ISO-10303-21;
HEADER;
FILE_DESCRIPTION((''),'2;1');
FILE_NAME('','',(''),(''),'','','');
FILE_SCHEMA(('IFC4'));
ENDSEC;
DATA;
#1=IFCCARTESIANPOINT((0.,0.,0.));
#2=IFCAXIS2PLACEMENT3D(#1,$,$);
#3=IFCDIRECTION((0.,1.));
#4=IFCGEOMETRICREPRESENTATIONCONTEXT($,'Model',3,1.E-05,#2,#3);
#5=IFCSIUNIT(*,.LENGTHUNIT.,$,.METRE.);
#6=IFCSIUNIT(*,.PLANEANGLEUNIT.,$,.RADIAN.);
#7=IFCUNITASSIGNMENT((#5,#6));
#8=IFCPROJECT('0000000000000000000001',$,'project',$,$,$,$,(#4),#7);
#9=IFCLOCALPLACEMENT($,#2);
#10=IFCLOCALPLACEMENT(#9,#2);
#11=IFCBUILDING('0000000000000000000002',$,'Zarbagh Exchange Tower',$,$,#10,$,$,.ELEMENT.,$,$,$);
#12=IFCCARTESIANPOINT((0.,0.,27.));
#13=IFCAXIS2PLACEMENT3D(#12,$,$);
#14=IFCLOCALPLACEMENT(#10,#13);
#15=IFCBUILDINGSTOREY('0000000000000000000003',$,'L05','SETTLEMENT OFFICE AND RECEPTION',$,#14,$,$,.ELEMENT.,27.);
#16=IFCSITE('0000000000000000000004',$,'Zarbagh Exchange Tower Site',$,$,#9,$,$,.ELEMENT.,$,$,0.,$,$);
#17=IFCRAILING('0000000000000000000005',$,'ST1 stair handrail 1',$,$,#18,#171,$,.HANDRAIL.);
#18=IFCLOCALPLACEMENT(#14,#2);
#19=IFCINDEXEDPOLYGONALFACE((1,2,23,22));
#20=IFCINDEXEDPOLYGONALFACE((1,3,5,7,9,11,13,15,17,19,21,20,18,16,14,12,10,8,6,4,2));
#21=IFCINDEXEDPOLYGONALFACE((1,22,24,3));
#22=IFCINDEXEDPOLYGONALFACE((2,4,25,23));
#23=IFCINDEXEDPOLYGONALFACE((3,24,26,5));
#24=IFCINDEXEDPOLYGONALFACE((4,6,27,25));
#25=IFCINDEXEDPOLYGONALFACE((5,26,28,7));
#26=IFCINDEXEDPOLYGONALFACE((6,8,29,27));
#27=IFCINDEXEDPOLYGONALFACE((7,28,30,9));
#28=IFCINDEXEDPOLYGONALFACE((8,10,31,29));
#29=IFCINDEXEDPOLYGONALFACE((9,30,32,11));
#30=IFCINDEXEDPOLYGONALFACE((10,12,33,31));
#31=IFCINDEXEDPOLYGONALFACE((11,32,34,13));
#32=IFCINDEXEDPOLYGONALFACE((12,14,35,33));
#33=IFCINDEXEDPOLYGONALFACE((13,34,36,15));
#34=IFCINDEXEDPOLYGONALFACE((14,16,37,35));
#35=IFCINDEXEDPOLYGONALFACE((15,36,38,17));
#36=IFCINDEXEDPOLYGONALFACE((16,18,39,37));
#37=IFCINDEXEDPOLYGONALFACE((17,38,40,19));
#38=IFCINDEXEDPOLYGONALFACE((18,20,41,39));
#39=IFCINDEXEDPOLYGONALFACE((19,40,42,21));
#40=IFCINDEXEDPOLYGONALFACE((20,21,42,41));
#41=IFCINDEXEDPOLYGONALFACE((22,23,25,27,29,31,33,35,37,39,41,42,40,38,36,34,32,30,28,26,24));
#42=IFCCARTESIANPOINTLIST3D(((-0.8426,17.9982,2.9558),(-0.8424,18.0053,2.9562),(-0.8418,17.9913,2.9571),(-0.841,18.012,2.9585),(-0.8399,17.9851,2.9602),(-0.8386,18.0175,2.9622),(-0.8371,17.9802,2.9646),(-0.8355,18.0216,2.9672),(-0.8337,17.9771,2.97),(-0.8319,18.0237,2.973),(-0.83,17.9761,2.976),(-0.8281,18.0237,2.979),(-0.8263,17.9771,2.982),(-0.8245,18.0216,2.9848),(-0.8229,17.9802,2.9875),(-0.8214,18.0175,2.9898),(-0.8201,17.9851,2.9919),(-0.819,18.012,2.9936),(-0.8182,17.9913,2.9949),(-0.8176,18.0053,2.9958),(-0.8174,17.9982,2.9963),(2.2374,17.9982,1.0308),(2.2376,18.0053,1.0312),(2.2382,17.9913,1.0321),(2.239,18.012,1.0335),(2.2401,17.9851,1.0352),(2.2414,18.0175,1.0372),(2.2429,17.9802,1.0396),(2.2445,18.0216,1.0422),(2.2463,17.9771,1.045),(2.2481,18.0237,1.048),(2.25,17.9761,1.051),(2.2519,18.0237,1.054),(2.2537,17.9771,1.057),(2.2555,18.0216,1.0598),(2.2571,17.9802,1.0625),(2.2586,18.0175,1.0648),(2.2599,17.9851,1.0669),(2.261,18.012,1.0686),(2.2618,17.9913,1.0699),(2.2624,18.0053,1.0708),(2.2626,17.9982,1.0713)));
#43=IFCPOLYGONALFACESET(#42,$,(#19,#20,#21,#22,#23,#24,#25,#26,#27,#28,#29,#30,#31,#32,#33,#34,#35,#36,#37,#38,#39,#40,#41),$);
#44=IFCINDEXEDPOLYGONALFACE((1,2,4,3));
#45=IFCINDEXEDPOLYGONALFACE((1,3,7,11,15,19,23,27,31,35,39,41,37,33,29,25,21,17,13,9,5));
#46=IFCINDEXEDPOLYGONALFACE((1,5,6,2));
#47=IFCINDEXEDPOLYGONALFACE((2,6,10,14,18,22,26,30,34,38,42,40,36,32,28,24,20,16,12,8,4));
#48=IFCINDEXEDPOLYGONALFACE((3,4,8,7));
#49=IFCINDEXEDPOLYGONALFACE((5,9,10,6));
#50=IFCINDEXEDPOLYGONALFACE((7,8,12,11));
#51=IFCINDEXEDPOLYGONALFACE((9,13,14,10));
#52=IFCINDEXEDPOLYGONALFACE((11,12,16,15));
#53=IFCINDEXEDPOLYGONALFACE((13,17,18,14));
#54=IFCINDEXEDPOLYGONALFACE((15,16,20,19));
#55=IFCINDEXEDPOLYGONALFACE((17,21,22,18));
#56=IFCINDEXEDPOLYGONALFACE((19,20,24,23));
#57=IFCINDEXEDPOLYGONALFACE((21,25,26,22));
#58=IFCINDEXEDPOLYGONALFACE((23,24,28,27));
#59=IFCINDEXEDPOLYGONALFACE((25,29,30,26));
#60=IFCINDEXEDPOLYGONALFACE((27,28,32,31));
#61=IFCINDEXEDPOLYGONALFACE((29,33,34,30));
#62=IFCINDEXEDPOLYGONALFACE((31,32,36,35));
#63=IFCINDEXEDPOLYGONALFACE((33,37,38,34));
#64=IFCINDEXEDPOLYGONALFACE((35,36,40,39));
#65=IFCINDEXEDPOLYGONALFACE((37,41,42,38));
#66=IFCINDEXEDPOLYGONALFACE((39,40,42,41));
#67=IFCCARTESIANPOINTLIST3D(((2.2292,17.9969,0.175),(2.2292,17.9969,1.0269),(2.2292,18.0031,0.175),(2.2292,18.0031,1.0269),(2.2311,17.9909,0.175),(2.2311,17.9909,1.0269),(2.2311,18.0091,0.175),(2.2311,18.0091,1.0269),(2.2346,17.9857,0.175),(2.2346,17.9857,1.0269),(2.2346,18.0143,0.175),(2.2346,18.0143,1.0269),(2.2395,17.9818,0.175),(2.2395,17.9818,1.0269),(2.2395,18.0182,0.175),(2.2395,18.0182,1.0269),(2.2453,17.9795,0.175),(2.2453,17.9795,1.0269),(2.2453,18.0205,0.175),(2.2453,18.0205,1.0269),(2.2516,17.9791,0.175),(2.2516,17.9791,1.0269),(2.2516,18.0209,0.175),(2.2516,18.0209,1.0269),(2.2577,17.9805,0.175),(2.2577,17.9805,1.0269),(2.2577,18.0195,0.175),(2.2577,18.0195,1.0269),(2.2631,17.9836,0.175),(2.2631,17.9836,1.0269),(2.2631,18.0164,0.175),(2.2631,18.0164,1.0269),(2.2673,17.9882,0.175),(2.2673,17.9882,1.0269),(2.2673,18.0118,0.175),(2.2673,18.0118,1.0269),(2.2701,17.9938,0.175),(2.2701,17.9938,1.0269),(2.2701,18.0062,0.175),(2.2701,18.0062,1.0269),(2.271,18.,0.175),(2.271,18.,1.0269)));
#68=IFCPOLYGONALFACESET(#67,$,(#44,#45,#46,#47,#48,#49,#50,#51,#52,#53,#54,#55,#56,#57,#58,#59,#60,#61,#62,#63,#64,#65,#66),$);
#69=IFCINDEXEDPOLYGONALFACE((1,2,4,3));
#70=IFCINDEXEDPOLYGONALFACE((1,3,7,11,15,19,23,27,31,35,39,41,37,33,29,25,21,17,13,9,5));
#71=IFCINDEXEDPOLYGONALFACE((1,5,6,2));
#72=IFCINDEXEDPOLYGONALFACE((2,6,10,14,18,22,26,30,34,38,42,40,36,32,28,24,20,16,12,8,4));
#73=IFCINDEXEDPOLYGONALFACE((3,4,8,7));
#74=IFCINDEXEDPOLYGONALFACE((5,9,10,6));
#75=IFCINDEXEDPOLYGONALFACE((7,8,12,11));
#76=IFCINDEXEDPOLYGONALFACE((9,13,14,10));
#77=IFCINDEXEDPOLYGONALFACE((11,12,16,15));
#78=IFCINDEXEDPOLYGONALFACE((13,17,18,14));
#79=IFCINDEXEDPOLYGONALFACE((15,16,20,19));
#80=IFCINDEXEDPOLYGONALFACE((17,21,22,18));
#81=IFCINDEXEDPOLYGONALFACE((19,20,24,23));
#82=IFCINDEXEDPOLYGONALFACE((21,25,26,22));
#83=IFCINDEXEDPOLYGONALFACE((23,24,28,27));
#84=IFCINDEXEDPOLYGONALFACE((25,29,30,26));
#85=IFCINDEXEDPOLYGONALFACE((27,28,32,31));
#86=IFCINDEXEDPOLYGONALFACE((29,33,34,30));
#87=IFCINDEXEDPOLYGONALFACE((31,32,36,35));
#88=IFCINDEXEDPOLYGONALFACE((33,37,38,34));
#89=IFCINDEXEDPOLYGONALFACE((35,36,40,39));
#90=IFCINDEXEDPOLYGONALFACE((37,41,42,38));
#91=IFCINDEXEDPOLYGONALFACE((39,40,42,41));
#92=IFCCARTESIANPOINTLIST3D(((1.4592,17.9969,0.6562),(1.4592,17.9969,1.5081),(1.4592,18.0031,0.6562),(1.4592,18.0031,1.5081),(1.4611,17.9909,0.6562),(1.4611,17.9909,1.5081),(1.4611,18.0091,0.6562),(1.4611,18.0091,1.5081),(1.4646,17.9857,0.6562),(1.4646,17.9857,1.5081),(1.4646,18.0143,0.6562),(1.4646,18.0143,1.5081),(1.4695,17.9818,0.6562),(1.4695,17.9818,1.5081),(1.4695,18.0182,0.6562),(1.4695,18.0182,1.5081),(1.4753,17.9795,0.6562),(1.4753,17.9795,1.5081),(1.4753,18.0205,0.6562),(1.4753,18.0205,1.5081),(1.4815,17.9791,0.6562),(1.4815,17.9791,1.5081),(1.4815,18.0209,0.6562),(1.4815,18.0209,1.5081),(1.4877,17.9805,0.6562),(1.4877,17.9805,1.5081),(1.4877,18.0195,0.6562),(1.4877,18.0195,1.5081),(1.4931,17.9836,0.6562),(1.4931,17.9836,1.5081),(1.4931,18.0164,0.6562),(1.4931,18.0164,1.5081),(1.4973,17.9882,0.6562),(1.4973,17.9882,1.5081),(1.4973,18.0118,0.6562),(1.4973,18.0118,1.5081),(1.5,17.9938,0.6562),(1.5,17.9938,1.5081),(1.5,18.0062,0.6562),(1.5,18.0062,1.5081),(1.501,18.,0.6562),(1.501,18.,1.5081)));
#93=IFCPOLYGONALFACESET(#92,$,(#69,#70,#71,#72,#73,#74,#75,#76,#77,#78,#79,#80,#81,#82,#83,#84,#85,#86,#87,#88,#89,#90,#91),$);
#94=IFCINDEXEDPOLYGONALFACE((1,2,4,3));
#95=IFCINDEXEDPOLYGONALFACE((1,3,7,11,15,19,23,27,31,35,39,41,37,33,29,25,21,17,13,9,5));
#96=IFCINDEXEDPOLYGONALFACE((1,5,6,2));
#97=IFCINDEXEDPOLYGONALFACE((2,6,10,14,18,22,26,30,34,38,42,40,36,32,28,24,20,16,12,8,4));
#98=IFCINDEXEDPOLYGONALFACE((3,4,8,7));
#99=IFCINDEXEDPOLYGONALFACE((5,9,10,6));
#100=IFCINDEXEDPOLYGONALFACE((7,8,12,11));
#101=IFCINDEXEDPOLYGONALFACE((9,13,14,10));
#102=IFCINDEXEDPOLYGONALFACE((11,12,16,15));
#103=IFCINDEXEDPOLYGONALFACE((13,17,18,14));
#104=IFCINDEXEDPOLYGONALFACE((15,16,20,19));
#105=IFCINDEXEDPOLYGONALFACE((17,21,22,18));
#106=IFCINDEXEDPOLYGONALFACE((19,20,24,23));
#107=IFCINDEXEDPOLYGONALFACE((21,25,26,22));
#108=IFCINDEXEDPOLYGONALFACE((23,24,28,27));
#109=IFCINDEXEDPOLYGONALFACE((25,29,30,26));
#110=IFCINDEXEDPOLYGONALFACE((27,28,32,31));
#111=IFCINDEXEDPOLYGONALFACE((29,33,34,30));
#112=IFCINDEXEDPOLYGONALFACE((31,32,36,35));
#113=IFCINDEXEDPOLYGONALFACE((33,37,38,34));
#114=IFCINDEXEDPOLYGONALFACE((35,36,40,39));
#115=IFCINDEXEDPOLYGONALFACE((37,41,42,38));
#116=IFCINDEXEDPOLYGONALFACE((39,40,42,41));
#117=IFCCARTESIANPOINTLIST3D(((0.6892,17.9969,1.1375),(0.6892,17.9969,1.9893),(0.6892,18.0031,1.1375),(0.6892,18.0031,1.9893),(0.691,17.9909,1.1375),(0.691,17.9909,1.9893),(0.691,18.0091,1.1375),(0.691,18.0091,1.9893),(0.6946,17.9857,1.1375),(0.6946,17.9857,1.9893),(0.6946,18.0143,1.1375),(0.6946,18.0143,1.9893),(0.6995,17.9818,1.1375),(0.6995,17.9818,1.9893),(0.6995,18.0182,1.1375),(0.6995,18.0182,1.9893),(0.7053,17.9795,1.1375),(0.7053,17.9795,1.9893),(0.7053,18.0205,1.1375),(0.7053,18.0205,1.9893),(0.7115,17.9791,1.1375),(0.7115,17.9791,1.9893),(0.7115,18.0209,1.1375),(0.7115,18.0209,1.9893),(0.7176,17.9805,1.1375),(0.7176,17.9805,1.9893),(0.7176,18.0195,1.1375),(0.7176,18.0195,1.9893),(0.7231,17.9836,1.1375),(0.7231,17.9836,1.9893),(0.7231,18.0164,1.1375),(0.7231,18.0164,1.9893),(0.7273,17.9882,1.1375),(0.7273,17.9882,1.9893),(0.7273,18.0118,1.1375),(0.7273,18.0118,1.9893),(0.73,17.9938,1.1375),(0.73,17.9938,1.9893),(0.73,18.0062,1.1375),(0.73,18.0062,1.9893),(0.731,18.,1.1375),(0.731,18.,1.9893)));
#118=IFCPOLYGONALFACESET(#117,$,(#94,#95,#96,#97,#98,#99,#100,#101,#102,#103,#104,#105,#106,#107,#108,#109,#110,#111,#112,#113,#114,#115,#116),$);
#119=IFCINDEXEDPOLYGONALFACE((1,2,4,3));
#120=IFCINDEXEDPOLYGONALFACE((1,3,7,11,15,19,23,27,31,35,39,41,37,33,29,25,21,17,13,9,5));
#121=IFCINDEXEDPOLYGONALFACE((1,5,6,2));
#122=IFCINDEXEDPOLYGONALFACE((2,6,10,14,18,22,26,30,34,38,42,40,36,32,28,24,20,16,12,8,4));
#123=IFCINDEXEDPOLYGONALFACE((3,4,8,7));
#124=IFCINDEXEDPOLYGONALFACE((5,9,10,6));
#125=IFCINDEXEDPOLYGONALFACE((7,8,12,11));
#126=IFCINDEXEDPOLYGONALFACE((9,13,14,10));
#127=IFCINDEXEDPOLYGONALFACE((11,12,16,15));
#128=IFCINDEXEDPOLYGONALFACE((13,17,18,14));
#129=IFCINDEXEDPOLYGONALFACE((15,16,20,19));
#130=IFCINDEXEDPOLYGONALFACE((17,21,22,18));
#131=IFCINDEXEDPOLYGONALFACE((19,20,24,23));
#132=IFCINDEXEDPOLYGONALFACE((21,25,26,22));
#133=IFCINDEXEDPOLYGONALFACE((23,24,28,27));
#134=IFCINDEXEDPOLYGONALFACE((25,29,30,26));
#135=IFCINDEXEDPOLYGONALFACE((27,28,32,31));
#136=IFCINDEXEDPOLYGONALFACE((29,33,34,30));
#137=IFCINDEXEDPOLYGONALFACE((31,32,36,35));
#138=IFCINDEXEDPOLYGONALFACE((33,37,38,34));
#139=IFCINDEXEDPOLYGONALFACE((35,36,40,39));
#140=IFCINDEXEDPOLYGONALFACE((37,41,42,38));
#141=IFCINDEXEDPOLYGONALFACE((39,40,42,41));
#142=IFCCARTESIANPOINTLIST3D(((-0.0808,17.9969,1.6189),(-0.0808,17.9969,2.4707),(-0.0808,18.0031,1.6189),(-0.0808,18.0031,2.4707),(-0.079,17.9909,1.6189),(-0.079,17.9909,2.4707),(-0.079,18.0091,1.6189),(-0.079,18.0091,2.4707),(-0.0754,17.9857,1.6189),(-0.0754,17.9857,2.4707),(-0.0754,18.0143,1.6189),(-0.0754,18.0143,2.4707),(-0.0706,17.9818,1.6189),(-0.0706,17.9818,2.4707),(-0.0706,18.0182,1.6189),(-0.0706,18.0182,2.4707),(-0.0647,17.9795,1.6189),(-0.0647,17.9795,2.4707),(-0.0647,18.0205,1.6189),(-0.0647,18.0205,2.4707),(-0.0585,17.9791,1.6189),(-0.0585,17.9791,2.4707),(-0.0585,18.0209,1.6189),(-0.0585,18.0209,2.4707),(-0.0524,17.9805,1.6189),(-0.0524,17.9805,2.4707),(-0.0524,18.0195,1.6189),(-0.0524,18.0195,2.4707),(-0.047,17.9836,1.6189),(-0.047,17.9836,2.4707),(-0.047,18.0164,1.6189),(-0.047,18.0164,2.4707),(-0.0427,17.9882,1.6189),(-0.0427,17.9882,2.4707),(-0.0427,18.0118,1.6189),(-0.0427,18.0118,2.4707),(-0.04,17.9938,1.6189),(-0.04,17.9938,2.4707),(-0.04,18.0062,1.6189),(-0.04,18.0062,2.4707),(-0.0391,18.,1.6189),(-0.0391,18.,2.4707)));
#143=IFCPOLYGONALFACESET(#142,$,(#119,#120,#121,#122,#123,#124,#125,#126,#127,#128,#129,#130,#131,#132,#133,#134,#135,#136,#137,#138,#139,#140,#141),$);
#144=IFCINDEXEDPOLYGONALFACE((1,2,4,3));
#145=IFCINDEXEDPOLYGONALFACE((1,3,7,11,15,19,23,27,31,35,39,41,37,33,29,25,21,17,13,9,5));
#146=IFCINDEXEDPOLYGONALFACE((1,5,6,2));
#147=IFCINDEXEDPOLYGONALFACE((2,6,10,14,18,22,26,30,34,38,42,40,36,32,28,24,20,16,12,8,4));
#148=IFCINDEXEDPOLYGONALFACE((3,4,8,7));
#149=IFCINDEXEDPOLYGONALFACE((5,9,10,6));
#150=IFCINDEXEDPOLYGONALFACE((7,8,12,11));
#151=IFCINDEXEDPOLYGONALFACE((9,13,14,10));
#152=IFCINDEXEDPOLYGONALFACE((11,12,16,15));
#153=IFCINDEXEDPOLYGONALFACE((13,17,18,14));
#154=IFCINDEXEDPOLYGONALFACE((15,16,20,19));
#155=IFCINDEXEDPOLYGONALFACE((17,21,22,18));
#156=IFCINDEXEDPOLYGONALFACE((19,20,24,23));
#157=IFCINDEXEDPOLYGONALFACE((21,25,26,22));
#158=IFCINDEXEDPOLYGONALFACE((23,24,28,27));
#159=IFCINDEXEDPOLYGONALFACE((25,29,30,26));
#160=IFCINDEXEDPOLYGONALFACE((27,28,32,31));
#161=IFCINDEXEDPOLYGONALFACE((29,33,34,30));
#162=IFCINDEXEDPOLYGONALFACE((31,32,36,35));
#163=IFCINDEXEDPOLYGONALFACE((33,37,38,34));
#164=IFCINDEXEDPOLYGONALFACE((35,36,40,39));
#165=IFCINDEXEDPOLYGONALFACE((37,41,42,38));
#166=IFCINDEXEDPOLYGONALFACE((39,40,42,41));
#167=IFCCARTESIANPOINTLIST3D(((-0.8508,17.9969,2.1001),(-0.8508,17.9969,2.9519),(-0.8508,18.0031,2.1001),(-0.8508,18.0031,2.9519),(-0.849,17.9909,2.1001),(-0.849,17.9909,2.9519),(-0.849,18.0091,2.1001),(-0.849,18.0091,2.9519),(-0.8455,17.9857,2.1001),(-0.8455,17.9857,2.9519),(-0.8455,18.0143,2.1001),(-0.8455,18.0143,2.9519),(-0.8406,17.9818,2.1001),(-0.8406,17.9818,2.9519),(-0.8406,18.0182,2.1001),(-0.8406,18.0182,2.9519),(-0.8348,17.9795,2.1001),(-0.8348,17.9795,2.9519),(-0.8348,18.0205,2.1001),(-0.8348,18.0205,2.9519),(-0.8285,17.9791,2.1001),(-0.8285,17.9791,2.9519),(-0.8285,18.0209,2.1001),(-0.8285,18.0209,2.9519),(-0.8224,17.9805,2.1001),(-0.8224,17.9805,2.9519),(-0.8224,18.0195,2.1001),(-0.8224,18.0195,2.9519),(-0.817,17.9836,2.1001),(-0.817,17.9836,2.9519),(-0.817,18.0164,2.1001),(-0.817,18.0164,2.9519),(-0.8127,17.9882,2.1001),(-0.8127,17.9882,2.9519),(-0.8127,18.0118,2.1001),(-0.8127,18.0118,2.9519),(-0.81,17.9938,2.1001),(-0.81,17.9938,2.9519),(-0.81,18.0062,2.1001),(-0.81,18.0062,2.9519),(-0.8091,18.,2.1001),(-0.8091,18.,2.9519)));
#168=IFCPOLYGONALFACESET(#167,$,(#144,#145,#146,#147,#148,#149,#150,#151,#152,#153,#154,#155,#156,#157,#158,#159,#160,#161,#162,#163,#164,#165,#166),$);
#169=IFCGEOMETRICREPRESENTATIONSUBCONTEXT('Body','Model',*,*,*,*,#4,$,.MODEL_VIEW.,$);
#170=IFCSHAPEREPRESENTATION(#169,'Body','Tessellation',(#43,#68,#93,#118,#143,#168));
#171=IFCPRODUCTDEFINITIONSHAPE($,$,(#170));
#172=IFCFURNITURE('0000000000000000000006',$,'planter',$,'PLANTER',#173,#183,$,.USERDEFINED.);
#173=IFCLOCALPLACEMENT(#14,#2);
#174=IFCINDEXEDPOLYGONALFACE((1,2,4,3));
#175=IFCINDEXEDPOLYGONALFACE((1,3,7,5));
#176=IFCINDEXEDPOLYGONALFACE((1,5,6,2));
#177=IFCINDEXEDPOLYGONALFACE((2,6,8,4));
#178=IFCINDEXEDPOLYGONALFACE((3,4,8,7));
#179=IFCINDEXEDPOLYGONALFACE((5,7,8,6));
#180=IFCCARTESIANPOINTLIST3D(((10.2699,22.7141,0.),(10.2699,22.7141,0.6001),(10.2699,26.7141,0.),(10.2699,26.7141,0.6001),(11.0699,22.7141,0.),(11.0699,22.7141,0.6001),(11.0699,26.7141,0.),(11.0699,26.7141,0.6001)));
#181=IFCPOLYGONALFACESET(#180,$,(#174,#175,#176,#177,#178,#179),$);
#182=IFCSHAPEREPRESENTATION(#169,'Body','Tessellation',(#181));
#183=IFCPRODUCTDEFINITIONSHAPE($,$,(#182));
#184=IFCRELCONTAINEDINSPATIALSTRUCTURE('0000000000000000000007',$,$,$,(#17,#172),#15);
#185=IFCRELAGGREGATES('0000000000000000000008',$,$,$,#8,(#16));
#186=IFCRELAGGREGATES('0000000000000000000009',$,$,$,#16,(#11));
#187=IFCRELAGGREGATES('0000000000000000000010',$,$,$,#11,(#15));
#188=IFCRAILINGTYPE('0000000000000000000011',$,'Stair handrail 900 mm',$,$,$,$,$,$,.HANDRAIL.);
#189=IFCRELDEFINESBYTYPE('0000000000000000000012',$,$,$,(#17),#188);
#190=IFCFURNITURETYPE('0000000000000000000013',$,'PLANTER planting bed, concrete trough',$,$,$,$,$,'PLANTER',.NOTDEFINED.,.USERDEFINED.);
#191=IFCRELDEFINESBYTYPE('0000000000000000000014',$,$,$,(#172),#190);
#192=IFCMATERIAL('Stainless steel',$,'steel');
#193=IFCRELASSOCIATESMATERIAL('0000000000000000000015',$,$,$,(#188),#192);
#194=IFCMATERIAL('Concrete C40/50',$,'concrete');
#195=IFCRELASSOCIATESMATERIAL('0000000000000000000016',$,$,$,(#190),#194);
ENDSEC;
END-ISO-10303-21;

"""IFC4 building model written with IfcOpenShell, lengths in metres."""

from ifc_helpers import new_model, si_unit, direction, frame, origin, origin_2d, place, context, subcontext, project, spatial, rectangle, circle, extrude, material, type_object, element, save


model = new_model("IFC4")

# Units and contexts
model_context = context("Model", 3, precision=1e-05, world=origin(), true_north=direction((0.0, 1.0)))
body_context = subcontext(model_context, "Body", "Model", "MODEL_VIEW")
ifc_project = project(units=[si_unit("LENGTHUNIT", "METRE"), si_unit("PLANEANGLEUNIT", "RADIAN")], contexts=[model_context])

# Site, building, storey
site_placement = place(None, origin())
site = spatial("IfcSite", under=ifc_project, at=site_placement, Name="Zarbagh Exchange Tower Site", CompositionType="ELEMENT", RefElevation=0.0)
building_placement = place(site_placement, origin())
building = spatial("IfcBuilding", under=site, at=building_placement, Name="Zarbagh Exchange Tower", CompositionType="ELEMENT")
storey_placement = place(building_placement, frame((0.0, 0.0, 27.0)))
storey = spatial("IfcBuildingStorey", under=building, at=storey_placement, Name="L05", Description="SETTLEMENT OFFICE AND RECEPTION", CompositionType="ELEMENT", Elevation=27.0)

# Shared definitions
ifc_material_1 = material(Name="Concrete C40/50", Category="concrete")

# Railing
ifc_material_2 = material(Name="Stainless steel", Category="steel")
railing_type = type_object("IfcRailingType", Name="Stair handrail 900 mm", PredefinedType="HANDRAIL", material=ifc_material_2)
railing_placement = place(storey_placement, frame((2.25, 18.0, 0.175)))
element("IfcRailing", 1, at=railing_placement, inside=storey, type_object=railing_type, Name="ST1 stair handrail 1", PredefinedType="HANDRAIL", context=body_context, shape_type="SweptSolid", body=[
    extrude(circle(Radius=0.0239, at=origin_2d()), frame((0.0, 0.0, 0.876), z_axis=(-0.847998, 0.0, 0.529999), x_axis=(0.0, -1.0, 0.0)), (0.0, 0.0, 1.0), 3.6321),
    extrude(circle(Radius=0.021, at=origin_2d()), origin(), (0.0, 0.0, 1.0), 0.8518),
    extrude(circle(Radius=0.021, at=origin_2d()), frame((-0.77, 0.0, 0.4812)), (0.0, 0.0, 1.0), 0.8518),
    extrude(circle(Radius=0.021, at=origin_2d()), frame((-1.54, 0.0, 0.9624)), (0.0, 0.0, 1.0), 0.8518),
    extrude(circle(Radius=0.021, at=origin_2d()), frame((-2.3101, 0.0, 1.4438)), (0.0, 0.0, 1.0), 0.8518),
    extrude(circle(Radius=0.021, at=origin_2d()), frame((-3.0801, 0.0, 1.925)), (0.0, 0.0, 1.0), 0.8518),
])

# Furniture
furniture_type = type_object("IfcFurnitureType", Name="PLANTER planting bed, concrete trough", ElementType="PLANTER", AssemblyPlace="NOTDEFINED", PredefinedType="USERDEFINED", material=ifc_material_1)
furniture_placement = place(storey_placement, frame((10.6699, 24.7141, 0.0), z_axis=(0.0, 0.0, 1.0), x_axis=(0.0, -1.0, 0.0)))
element("IfcFurniture", 2, at=furniture_placement, inside=storey, type_object=furniture_type, Name="planter", ObjectType="PLANTER", PredefinedType="USERDEFINED", context=body_context, shape_type="SweptSolid", body=[
    extrude(rectangle(XDim=4.0, YDim=0.8, at=origin_2d()), origin(), (0.0, 0.0, 1.0), 0.6001),
])

save(model, "model.ifc")
